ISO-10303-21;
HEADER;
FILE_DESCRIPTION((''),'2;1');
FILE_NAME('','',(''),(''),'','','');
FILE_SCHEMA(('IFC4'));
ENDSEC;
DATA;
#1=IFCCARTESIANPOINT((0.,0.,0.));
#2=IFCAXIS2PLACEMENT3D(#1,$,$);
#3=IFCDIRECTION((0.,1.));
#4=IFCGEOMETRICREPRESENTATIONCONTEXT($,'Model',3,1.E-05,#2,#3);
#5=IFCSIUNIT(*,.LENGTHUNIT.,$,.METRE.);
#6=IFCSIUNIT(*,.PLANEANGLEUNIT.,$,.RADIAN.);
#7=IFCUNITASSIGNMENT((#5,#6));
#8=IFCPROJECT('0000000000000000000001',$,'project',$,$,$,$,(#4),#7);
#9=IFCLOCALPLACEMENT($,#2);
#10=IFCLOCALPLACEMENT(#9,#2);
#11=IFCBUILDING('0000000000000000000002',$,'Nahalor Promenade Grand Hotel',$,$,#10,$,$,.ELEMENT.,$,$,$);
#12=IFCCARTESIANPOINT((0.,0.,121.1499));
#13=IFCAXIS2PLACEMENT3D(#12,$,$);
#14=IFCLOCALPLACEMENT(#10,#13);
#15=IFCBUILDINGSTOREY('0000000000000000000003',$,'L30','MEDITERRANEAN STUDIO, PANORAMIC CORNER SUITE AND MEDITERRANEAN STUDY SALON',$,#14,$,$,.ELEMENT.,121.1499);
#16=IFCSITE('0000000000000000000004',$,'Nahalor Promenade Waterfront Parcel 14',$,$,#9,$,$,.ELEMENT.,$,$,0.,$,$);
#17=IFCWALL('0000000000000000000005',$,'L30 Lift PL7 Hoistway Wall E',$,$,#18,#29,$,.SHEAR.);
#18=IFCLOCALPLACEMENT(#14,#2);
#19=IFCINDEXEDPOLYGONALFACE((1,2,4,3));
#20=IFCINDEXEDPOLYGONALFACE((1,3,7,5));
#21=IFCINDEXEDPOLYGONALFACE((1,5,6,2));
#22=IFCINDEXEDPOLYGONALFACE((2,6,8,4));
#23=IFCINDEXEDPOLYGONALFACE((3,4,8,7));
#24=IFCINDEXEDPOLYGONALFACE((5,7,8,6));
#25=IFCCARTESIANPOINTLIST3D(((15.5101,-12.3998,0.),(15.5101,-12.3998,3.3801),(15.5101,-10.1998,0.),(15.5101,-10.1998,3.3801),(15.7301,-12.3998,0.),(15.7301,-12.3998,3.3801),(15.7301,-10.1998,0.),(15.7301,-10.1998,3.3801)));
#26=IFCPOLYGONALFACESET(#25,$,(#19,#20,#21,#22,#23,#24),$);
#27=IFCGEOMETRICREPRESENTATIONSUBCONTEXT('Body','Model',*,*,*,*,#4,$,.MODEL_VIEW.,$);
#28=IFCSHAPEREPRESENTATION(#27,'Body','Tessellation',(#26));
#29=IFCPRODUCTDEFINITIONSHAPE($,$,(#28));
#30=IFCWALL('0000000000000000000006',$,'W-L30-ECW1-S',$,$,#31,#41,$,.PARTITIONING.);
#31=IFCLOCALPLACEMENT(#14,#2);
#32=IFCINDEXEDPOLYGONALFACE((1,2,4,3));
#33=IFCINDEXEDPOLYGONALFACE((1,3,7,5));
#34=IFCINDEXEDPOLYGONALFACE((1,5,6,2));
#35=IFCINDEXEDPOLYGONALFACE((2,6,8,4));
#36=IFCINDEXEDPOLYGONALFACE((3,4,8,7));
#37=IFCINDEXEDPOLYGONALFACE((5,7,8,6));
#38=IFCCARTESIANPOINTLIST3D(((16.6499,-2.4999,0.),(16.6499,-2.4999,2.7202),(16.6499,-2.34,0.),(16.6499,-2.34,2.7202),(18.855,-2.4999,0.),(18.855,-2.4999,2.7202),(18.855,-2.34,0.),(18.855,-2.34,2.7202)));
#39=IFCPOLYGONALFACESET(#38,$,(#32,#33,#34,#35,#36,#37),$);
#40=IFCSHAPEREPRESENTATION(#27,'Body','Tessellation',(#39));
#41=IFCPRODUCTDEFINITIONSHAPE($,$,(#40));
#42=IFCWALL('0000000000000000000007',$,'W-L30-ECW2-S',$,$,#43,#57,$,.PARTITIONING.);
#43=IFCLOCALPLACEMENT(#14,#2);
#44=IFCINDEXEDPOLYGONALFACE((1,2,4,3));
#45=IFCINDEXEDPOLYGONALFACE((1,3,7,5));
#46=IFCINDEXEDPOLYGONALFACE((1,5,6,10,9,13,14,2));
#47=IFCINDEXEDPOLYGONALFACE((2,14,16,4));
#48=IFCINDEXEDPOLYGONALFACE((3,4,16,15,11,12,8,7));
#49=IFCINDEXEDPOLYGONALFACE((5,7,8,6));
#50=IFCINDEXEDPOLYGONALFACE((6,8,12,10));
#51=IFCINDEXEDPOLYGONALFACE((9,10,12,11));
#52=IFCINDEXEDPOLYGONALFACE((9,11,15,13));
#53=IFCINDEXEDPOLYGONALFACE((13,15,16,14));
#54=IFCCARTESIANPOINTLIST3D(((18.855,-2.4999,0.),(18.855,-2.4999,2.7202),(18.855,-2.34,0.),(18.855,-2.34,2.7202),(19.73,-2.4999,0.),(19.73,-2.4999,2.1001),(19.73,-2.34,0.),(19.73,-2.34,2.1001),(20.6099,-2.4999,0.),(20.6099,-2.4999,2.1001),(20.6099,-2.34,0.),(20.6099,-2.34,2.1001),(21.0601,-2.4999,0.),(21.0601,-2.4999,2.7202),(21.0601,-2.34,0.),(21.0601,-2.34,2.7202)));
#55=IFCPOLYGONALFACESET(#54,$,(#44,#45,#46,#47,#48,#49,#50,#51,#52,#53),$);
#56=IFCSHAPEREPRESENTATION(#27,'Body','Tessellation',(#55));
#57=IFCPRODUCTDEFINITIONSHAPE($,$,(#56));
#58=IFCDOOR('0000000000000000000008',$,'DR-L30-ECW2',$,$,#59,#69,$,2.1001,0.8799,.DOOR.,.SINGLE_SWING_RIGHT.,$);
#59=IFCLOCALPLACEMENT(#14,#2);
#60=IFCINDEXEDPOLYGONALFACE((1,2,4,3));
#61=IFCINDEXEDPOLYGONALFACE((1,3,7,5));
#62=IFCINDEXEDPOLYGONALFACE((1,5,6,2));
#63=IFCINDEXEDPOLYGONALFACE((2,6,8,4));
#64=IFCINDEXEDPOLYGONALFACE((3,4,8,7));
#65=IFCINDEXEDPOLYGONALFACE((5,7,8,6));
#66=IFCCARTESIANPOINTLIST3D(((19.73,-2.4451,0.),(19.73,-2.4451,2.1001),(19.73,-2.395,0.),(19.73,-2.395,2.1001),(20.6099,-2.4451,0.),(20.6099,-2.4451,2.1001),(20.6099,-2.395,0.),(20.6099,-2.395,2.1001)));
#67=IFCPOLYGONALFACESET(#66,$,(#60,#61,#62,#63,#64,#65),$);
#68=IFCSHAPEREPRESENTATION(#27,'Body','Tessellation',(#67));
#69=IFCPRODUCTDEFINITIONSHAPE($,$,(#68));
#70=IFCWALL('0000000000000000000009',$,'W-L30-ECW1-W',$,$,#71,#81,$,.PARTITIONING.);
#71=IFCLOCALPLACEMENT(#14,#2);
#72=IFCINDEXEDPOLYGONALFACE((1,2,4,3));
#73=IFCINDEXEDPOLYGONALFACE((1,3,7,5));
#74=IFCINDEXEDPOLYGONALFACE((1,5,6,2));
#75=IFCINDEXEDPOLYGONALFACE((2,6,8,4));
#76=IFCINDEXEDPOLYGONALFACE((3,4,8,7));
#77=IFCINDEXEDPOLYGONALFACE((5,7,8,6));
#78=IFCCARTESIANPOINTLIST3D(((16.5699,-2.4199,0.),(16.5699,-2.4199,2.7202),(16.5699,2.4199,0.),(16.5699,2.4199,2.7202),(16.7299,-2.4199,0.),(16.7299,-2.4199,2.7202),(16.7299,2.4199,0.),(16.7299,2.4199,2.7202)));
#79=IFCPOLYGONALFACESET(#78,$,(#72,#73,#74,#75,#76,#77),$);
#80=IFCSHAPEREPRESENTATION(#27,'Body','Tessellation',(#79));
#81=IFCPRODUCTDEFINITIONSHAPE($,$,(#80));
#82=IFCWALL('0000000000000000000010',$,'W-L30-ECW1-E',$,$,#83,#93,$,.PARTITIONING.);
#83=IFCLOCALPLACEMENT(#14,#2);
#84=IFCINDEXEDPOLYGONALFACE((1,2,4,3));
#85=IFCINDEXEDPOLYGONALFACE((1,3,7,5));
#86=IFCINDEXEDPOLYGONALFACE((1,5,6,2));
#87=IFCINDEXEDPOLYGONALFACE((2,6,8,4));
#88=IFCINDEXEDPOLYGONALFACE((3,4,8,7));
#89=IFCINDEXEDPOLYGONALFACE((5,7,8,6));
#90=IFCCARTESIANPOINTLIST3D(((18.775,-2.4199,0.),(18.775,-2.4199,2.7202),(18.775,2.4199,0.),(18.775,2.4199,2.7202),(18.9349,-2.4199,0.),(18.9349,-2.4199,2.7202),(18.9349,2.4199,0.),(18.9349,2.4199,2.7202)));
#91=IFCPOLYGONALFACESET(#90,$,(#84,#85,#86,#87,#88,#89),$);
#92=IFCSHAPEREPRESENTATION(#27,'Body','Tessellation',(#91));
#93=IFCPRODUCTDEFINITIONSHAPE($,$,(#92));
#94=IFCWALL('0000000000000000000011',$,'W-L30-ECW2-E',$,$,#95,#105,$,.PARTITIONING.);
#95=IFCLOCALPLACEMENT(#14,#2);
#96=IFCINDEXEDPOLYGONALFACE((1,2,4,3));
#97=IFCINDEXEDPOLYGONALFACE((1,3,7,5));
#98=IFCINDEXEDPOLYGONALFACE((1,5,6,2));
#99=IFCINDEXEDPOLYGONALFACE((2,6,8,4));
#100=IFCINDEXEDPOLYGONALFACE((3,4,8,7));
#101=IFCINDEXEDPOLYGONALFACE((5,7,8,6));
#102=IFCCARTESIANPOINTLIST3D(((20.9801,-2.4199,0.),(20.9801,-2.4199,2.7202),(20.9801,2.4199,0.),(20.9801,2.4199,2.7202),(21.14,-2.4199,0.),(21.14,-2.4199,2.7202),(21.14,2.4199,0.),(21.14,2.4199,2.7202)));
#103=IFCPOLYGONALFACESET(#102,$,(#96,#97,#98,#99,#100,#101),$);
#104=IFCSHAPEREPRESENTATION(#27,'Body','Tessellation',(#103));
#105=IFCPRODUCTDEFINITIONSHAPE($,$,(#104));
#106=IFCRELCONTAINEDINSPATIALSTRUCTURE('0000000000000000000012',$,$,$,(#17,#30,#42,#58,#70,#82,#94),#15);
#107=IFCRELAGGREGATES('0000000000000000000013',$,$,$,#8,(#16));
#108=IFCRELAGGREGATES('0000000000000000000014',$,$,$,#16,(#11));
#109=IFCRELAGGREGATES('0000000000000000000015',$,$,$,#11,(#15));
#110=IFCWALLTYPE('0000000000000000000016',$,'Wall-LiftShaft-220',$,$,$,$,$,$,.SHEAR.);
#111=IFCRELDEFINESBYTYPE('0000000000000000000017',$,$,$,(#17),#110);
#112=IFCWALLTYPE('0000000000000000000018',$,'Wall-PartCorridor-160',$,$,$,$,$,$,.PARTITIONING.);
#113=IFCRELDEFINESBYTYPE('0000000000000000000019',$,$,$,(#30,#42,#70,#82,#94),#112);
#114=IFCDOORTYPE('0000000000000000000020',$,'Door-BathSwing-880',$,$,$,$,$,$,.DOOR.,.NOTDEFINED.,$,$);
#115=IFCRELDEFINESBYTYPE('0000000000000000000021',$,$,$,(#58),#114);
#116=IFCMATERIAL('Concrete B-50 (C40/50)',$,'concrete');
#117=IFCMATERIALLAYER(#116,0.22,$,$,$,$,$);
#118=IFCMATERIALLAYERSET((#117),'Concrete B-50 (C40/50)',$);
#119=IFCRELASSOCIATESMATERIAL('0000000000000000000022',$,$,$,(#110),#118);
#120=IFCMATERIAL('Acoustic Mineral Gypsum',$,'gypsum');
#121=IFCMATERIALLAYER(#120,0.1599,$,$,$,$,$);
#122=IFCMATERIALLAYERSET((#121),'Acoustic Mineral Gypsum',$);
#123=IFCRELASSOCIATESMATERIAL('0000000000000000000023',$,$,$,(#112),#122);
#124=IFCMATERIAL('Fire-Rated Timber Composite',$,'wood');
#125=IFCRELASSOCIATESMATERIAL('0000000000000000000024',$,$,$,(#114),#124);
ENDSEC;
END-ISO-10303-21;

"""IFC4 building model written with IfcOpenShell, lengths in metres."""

from ifc_helpers import new_model, si_unit, direction, frame, frame_2d, origin, place, context, subcontext, project, spatial, rectangle, extrude, source, transform, mapped, material, layer, layer_set, type_object, element, fill, save


model = new_model("IFC4")

# Units and contexts
model_context = context("Model", 3, precision=1e-05, world=origin(), true_north=direction((0.0, 1.0)))
body_context = subcontext(model_context, "Body", "Model", "MODEL_VIEW")
ifc_project = project(units=[si_unit("LENGTHUNIT", "METRE"), si_unit("PLANEANGLEUNIT", "RADIAN")], contexts=[model_context])

# Site, building, storey
site_placement = place(None, origin())
site = spatial("IfcSite", under=ifc_project, at=site_placement, Name="Nahalor Promenade Waterfront Parcel 14", CompositionType="ELEMENT", RefElevation=0.0)
building_placement = place(site_placement, origin())
building = spatial("IfcBuilding", under=site, at=building_placement, Name="Nahalor Promenade Grand Hotel", CompositionType="ELEMENT")
storey_placement = place(building_placement, frame((0.0, 0.0, 121.1499)))
storey = spatial("IfcBuildingStorey", under=building, at=storey_placement, Name="L30", Description="MEDITERRANEAN STUDIO, PANORAMIC CORNER SUITE AND MEDITERRANEAN STUDY SALON", CompositionType="ELEMENT", Elevation=121.1499)

# Wall
ifc_material_1 = material(Name="Concrete B-50 (C40/50)", Category="concrete")
ifc_layer_1 = layer(ifc_material_1, 0.22)
ifc_layer_set_1 = layer_set([ifc_layer_1], Name="Concrete B-50 (C40/50)")
wall_type_1 = type_object("IfcWallType", Name="Wall-LiftShaft-220", PredefinedType="SHEAR", material=ifc_layer_set_1)
shared_shape_1 = source(origin(), body_context, "Body", "SweptSolid", [
    extrude(rectangle(XDim=2.2, YDim=0.22, at=frame_2d((1.1001, 0.0))), origin(), (0.0, 0.0, 1.0), 3.3801),
])
for number, where, z_axis, x_axis, name in (
    (1, (15.6201, -12.3999, 0.0), (0.0, 0.0, 1.0), (0.0, 1.0, 0.0), "L30 Lift PL7 Hoistway Wall E"),
):
    element("IfcWall", number, at=place(storey_placement, frame(where, z_axis=z_axis, x_axis=x_axis)), inside=storey, type_object=wall_type_1, Name=name, PredefinedType="SHEAR", context=body_context, shape_type="MappedRepresentation", body=[
        mapped(shared_shape_1, transform((0.0, 0.0, 0.0), scale=1.0)),
    ])

# Shared definitions
ifc_material_2 = material(Name="Acoustic Mineral Gypsum", Category="gypsum")
ifc_layer_2 = layer(ifc_material_2, 0.1599)
ifc_layer_set_2 = layer_set([ifc_layer_2], Name="Acoustic Mineral Gypsum")
wall_type_2 = type_object("IfcWallType", Name="Wall-PartCorridor-160", PredefinedType="PARTITIONING", material=ifc_layer_set_2)
ifc_material_3 = material(Name="Fire-Rated Timber Composite", Category="wood")

# Wall
shared_shape_2 = source(origin(), body_context, "Body", "SweptSolid", [
    extrude(rectangle(XDim=2.2051, YDim=0.1599, at=frame_2d((1.1025, 0.0))), origin(), (0.0, 0.0, 1.0), 2.7202),
])
wall_1_placement = place(storey_placement, frame((16.6499, -2.4199, 0.0), z_axis=(0.0, 0.0, 1.0), x_axis=(1.0, 0.0, 0.0)))
element("IfcWall", 2, at=wall_1_placement, inside=storey, type_object=wall_type_2, Name="W-L30-ECW1-S", PredefinedType="PARTITIONING", context=body_context, shape_type="MappedRepresentation", body=[
    mapped(shared_shape_2, transform((0.0, 0.0, 0.0), scale=1.0)),
])

# Wall, opening, door
wall_2_placement = place(storey_placement, frame((18.855, -2.4199, 0.0), z_axis=(0.0, 0.0, 1.0), x_axis=(1.0, 0.0, 0.0)))
wall_2 = element("IfcWall", 3, at=wall_2_placement, inside=storey, type_object=wall_type_2, Name="W-L30-ECW2-S", PredefinedType="PARTITIONING", context=body_context, shape_type="MappedRepresentation", body=[
    mapped(shared_shape_2, transform((0.0, 0.0, 0.0), scale=1.0)),
])
opening_1_placement = place(wall_2_placement, frame((0.875, 0.0, 0.0)))
opening_1 = element("IfcOpeningElement", 4, at=opening_1_placement, cuts=wall_2, PredefinedType="OPENING", context=body_context, shape_type="SweptSolid", body=[
    extrude(rectangle(XDim=0.8799, YDim=2.1001, at=frame_2d((0.4399, 1.05))), frame((0.0, 0.0898, 0.0), z_axis=(0.0, -1.0, 0.0), x_axis=(1.0, 0.0, 0.0)), (0.0, 0.0, 1.0), 0.1799),
])
door_type_1 = type_object("IfcDoorType", Name="Door-BathSwing-880", OperationType="NOTDEFINED", PredefinedType="DOOR", material=ifc_material_3)
shared_shape_3 = source(origin(), body_context, "Body", "SweptSolid", [
    extrude(rectangle(XDim=0.8799, YDim=2.1001, at=frame_2d((0.4399, 1.05))), frame((0.0, 0.0249, 0.0), z_axis=(0.0, -1.0, 0.0), x_axis=(1.0, 0.0, 0.0)), (0.0, 0.0, 1.0), 0.05),
])
door_1_placement = place(opening_1_placement, origin())
door_1 = element("IfcDoor", 5, at=door_1_placement, inside=storey, type_object=door_type_1, Name="DR-L30-ECW2", OperationType="SINGLE_SWING_RIGHT", OverallHeight=2.1001, OverallWidth=0.8799, PredefinedType="DOOR", context=body_context, shape_type="MappedRepresentation", body=[
    mapped(shared_shape_3, transform((0.0, 0.0, 0.0), scale=1.0)),
])
fill(opening_1, door_1)

# Walls
shared_shape_4 = source(origin(), body_context, "Body", "SweptSolid", [
    extrude(rectangle(XDim=4.8398, YDim=0.1599, at=frame_2d((2.4199, 0.0))), origin(), (0.0, 0.0, 1.0), 2.7202),
])
for number, where, z_axis, x_axis, name in (
    (6, (16.6499, -2.4199, 0.0), (0.0, 0.0, 1.0), (0.0, 1.0, 0.0), "W-L30-ECW1-W"),
    (7, (18.855, -2.4199, 0.0), (0.0, 0.0, 1.0), (0.0, 1.0, 0.0), "W-L30-ECW1-E"),
    (8, (21.0601, -2.4199, 0.0), (0.0, 0.0, 1.0), (0.0, 1.0, 0.0), "W-L30-ECW2-E"),
):
    element("IfcWall", number, at=place(storey_placement, frame(where, z_axis=z_axis, x_axis=x_axis)), inside=storey, type_object=wall_type_2, Name=name, PredefinedType="PARTITIONING", context=body_context, shape_type="MappedRepresentation", body=[
        mapped(shared_shape_4, transform((0.0, 0.0, 0.0), scale=1.0)),
    ])

save(model, "model.ifc")
